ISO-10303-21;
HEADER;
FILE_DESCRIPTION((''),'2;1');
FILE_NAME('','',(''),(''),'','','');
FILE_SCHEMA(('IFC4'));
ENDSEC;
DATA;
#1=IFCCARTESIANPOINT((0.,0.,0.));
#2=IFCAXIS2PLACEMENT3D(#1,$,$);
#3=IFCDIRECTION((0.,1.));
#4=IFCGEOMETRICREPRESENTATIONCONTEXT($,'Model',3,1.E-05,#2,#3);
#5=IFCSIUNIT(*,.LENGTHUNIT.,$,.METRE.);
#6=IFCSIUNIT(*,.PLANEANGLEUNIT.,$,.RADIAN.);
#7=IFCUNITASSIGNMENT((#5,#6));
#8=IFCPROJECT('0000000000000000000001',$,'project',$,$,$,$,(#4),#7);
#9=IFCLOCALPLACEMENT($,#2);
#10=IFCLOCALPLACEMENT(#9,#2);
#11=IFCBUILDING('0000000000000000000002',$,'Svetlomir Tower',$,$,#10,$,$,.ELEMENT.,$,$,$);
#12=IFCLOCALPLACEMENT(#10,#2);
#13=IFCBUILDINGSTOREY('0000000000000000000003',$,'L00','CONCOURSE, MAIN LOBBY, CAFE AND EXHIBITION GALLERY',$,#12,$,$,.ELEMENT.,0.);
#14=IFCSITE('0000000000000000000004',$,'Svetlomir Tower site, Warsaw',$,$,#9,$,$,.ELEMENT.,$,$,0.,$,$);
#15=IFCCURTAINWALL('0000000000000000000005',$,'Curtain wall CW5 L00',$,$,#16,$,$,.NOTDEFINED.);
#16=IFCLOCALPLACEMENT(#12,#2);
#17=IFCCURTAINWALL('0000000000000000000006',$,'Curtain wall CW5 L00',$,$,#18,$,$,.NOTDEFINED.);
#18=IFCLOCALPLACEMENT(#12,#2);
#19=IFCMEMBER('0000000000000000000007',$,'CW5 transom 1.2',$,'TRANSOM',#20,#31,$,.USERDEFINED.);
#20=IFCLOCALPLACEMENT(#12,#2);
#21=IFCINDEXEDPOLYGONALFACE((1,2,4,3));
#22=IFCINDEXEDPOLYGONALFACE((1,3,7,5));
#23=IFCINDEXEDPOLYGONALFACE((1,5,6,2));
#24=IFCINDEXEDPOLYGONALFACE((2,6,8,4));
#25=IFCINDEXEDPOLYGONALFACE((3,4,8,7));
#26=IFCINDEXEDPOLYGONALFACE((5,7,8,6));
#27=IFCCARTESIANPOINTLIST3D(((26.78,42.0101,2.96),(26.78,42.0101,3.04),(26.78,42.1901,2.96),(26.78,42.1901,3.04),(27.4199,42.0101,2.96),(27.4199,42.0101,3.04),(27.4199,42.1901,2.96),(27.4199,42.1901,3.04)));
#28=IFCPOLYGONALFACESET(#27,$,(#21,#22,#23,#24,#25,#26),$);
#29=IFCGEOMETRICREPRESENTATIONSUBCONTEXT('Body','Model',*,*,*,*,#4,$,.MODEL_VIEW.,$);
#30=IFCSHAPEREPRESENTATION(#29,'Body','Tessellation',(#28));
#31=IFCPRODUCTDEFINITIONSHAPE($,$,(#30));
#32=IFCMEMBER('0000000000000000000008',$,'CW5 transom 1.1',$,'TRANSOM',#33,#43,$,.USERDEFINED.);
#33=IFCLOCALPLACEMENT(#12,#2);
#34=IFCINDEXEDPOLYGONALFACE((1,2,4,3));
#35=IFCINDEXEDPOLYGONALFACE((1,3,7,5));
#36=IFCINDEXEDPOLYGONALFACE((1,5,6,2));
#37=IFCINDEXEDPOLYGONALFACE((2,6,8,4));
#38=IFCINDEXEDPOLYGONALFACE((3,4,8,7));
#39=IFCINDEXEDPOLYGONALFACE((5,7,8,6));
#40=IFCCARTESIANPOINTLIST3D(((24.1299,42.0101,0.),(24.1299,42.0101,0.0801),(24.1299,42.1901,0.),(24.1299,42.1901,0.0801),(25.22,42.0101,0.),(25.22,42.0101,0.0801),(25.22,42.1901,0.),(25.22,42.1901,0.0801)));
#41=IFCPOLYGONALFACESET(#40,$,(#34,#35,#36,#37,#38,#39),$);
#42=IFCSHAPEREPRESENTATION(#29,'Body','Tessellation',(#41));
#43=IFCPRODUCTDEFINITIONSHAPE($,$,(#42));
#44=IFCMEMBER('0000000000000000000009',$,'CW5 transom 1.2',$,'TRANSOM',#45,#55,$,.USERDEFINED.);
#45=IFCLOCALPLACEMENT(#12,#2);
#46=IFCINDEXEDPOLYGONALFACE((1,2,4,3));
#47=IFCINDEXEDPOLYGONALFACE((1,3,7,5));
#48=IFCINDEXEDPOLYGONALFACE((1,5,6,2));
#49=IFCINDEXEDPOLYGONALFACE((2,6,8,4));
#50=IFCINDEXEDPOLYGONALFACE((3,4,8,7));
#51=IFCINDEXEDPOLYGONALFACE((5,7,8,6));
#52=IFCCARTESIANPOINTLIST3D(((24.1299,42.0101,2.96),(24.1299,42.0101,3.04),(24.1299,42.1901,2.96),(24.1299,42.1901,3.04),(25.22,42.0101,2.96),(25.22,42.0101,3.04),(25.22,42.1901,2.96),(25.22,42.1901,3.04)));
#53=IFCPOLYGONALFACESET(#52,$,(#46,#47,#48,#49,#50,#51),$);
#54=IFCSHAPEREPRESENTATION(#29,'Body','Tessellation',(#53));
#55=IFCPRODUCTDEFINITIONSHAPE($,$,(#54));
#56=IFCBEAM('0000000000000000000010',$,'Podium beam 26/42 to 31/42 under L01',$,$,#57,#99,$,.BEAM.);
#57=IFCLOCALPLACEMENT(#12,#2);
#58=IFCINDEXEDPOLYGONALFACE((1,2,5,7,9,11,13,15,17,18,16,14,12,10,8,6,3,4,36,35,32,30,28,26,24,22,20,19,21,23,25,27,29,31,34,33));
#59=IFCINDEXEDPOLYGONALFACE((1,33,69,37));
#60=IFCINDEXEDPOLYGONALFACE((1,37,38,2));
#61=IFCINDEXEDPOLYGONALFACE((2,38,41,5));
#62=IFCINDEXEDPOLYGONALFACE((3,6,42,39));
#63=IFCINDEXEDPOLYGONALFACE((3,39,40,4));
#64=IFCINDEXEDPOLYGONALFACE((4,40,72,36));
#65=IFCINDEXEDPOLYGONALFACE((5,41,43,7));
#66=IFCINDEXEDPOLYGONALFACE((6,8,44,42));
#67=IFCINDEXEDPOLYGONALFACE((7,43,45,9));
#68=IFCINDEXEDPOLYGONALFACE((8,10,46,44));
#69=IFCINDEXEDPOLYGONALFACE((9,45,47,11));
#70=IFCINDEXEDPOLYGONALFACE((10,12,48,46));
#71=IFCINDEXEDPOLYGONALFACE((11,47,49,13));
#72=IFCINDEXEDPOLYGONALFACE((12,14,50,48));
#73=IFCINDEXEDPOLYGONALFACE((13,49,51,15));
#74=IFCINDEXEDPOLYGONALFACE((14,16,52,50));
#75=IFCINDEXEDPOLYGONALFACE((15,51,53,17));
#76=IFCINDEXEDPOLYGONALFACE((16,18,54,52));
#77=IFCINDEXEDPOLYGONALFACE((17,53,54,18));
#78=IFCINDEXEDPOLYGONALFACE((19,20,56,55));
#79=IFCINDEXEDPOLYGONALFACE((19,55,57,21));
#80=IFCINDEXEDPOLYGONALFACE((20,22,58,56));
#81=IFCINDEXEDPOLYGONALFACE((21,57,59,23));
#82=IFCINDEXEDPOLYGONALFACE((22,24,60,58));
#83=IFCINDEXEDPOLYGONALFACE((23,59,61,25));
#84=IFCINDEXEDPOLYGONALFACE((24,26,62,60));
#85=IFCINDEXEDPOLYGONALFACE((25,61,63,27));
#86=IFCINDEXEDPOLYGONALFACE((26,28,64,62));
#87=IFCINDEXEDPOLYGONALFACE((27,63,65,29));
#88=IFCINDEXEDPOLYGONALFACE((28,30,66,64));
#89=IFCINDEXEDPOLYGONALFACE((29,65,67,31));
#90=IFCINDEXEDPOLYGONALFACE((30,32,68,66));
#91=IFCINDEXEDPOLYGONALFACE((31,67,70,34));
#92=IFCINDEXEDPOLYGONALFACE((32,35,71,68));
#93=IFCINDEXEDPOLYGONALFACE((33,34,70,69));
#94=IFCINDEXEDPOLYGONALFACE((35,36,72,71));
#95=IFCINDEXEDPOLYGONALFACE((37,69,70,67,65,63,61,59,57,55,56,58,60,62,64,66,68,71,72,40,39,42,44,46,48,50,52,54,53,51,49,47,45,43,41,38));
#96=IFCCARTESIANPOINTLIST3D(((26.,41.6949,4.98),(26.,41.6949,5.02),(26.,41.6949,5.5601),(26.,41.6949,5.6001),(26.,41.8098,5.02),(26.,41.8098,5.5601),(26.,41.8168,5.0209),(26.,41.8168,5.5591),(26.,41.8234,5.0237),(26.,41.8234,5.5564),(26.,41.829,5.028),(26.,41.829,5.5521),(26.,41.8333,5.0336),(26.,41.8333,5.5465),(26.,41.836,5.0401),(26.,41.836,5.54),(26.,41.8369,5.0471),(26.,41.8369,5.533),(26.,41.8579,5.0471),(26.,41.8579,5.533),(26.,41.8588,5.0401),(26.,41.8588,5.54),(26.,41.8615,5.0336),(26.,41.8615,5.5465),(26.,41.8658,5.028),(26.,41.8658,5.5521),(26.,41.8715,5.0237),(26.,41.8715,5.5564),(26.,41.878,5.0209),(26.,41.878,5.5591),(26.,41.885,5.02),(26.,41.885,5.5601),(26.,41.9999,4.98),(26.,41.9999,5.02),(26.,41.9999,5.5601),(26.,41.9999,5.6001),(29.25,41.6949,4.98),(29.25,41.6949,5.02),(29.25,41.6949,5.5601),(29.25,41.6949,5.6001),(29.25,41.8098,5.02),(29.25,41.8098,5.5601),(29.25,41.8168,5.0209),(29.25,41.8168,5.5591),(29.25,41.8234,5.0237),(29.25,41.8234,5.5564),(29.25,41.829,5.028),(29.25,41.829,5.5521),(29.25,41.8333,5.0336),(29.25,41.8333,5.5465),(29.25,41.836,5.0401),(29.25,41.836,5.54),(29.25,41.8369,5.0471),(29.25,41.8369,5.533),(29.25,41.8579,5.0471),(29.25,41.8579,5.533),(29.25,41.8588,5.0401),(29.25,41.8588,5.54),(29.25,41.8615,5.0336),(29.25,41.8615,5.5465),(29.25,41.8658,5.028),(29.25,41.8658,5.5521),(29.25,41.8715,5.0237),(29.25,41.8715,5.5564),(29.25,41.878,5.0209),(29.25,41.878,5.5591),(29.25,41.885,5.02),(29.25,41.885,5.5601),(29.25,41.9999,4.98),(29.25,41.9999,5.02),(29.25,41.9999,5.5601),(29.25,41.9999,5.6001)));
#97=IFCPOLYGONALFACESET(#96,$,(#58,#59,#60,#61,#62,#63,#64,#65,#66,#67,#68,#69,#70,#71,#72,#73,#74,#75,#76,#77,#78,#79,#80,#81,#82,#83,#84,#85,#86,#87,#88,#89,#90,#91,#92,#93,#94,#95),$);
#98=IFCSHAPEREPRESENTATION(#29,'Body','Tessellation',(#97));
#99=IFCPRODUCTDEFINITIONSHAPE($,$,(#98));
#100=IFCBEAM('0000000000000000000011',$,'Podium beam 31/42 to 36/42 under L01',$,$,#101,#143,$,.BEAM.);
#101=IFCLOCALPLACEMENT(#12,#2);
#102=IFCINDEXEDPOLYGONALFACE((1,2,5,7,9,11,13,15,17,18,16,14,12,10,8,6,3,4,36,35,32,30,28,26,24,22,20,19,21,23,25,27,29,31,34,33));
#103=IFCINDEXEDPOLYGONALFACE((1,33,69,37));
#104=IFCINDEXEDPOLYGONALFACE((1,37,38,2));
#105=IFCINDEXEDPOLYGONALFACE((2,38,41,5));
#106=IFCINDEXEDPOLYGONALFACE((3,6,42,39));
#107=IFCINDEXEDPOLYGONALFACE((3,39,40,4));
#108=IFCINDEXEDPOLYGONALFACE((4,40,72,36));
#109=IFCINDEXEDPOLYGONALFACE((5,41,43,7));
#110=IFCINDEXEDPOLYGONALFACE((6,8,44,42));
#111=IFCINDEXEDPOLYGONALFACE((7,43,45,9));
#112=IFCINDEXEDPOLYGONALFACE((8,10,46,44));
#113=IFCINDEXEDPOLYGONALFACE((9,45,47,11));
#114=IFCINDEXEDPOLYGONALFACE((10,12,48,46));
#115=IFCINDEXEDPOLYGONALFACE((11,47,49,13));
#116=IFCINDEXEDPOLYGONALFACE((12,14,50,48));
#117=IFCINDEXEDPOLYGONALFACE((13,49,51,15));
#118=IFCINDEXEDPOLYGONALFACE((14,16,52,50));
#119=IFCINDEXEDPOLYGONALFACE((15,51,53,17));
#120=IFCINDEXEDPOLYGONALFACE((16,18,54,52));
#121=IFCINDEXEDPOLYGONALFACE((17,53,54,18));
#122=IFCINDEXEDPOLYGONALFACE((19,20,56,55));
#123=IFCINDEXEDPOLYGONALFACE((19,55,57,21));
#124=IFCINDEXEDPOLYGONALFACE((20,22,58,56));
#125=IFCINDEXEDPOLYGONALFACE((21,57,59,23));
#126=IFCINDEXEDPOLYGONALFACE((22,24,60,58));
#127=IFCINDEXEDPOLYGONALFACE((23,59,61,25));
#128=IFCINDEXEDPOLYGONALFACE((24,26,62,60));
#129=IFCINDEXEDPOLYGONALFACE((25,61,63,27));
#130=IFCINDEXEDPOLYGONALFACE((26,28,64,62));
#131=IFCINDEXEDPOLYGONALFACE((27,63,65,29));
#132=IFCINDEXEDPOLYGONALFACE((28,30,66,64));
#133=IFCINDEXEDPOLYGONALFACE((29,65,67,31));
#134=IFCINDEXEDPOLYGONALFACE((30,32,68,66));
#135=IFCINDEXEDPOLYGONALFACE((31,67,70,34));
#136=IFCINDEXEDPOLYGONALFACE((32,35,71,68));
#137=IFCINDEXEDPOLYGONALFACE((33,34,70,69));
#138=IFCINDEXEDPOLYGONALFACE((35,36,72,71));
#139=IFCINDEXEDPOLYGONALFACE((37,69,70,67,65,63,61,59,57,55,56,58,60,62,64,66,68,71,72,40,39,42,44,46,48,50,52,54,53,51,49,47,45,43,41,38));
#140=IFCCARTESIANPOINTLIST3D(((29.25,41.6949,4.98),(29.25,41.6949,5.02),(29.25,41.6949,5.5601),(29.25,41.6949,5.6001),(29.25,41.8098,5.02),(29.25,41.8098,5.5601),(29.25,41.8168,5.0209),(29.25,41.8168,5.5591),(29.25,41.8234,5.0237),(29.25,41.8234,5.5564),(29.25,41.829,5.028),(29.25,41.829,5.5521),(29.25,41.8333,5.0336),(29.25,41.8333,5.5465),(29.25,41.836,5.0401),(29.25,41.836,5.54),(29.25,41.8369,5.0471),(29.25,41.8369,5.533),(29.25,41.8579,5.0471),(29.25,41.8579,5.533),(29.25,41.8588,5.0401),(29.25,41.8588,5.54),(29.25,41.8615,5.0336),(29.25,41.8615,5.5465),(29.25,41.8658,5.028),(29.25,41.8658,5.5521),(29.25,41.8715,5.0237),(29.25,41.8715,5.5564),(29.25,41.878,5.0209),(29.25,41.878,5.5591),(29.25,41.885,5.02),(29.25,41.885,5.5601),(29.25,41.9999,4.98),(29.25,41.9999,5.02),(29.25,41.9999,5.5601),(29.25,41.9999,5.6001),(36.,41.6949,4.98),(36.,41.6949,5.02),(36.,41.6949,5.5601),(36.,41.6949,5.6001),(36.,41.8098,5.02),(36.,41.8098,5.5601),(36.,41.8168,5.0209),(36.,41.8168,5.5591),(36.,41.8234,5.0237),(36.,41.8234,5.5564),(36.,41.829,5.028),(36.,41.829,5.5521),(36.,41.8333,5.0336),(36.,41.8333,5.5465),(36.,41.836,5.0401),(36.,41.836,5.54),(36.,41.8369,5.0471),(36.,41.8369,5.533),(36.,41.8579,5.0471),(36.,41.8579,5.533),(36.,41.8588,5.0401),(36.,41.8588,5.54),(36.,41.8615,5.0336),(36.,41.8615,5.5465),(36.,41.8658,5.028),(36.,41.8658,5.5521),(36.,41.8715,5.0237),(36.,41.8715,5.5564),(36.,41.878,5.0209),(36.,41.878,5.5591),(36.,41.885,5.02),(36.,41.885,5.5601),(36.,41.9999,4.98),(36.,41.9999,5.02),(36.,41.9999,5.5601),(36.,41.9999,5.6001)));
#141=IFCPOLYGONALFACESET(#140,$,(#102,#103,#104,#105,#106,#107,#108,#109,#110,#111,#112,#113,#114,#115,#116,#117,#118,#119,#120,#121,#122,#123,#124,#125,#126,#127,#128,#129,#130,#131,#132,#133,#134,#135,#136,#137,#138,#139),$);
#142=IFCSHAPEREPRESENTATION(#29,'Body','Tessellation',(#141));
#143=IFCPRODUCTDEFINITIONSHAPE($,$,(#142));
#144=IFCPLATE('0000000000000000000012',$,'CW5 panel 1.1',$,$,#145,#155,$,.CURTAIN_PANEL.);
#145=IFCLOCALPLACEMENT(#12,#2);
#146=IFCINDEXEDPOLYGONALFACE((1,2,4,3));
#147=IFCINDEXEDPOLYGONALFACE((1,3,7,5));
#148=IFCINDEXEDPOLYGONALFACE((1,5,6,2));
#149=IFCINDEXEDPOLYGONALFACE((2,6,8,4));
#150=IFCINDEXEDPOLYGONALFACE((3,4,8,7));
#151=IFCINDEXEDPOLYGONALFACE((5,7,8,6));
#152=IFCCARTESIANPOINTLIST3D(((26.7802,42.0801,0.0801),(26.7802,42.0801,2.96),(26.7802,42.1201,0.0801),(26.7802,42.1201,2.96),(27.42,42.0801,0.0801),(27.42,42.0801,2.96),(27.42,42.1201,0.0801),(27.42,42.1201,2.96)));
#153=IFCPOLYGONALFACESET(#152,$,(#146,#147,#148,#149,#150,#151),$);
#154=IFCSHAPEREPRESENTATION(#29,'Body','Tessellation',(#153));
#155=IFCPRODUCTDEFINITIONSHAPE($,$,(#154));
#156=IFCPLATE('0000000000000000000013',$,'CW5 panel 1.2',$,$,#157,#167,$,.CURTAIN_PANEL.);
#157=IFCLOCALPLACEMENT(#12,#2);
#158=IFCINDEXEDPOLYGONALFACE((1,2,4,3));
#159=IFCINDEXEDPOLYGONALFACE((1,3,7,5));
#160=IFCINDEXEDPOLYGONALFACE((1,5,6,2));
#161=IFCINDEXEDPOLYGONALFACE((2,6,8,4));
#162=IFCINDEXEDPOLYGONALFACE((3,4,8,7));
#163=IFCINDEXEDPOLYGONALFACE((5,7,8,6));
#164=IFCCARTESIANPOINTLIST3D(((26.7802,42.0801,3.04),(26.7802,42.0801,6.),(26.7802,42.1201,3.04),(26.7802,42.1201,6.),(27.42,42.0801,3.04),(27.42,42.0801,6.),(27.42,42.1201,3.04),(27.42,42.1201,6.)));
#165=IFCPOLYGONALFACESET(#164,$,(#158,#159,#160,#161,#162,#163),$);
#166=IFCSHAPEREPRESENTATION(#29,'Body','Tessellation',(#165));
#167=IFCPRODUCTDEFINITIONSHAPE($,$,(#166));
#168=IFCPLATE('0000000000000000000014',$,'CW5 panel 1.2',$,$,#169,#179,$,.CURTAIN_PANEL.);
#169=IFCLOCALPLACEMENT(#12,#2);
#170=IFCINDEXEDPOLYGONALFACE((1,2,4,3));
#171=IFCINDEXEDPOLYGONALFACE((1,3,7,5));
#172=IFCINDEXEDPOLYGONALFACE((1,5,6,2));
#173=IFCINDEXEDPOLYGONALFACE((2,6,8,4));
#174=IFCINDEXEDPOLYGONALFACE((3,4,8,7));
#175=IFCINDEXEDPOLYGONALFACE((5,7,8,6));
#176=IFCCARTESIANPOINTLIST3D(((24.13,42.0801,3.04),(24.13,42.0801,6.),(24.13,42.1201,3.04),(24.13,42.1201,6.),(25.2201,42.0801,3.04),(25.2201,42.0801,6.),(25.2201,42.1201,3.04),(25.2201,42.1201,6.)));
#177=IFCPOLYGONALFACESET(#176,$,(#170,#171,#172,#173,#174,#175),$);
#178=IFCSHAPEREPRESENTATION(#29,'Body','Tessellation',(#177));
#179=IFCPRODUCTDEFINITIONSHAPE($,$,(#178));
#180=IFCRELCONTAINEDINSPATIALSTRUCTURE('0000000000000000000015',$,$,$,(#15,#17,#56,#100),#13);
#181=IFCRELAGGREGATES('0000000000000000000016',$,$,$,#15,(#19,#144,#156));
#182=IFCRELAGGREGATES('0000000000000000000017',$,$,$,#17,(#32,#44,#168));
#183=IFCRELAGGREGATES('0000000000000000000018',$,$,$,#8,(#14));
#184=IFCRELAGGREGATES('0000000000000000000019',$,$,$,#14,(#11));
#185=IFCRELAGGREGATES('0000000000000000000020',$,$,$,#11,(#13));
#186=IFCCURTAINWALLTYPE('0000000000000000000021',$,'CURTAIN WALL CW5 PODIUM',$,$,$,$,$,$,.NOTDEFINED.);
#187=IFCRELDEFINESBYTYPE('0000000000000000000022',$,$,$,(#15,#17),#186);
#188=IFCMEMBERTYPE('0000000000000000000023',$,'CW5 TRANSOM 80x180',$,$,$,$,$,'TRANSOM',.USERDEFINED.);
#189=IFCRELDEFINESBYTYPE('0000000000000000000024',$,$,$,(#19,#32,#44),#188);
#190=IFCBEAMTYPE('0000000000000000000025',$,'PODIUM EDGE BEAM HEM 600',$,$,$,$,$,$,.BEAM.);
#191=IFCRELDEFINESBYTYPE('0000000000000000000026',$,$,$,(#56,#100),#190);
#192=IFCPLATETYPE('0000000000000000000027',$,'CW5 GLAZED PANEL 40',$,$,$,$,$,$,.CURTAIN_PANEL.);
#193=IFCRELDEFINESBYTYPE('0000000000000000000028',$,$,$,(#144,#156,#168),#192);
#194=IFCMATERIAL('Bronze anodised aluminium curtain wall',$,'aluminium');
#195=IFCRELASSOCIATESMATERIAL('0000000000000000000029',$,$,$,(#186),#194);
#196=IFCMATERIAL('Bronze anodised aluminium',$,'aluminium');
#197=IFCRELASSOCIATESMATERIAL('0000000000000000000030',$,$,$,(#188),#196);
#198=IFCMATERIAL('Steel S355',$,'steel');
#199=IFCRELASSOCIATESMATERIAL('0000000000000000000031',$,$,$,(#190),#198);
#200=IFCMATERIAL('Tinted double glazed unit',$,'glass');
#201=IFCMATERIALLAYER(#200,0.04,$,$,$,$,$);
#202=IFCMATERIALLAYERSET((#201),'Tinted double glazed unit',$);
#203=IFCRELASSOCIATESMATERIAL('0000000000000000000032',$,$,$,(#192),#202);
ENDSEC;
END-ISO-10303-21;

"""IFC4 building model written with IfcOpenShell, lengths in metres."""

from ifc_helpers import new_model, si_unit, direction, frame, origin, origin_2d, place, context, subcontext, project, spatial, rectangle, i_section, extrude, material, layer, layer_set, material_profile, profile_set, type_object, element, aggregate, save


model = new_model("IFC4")

# Units and contexts
model_context = context("Model", 3, precision=1e-05, world=origin(), true_north=direction((0.0, 1.0)))
body_context = subcontext(model_context, "Body", "Model", "MODEL_VIEW")
ifc_project = project(units=[si_unit("LENGTHUNIT", "METRE"), si_unit("PLANEANGLEUNIT", "RADIAN")], contexts=[model_context])

# Site, building, storey
site_placement = place(None, origin())
site = spatial("IfcSite", under=ifc_project, at=site_placement, Name="Svetlomir Tower site, Warsaw", CompositionType="ELEMENT", RefElevation=0.0)
building_placement = place(site_placement, origin())
building = spatial("IfcBuilding", under=site, at=building_placement, Name="Svetlomir Tower", CompositionType="ELEMENT")
storey_placement = place(building_placement, origin())
storey = spatial("IfcBuildingStorey", under=building, at=storey_placement, Name="L00", Description="CONCOURSE, MAIN LOBBY, CAFE AND EXHIBITION GALLERY", CompositionType="ELEMENT", Elevation=0.0)

# Curtain wall
ifc_material_1 = material(Name="Bronze anodised aluminium curtain wall", Category="aluminium")
curtain_wall_type = type_object("IfcCurtainWallType", Name="CURTAIN WALL CW5 PODIUM", PredefinedType="NOTDEFINED", material=ifc_material_1)
curtain_wall_1_placement = place(storey_placement, origin())
curtain_wall_1 = element("IfcCurtainWall", 1, at=curtain_wall_1_placement, inside=storey, type_object=curtain_wall_type, Name="Curtain wall CW5 L00", PredefinedType="NOTDEFINED")

# Curtain wall
curtain_wall_2_placement = place(storey_placement, origin())
curtain_wall_2 = element("IfcCurtainWall", 2, at=curtain_wall_2_placement, inside=storey, type_object=curtain_wall_type, Name="Curtain wall CW5 L00", PredefinedType="NOTDEFINED")

# Members
ifc_material_2 = material(Name="Bronze anodised aluminium", Category="aluminium")
ifc_material_profile_1 = material_profile(ifc_material_2, rectangle(XDim=0.1799, YDim=0.0801, at=origin_2d()), Name="AL 180x80")
ifc_profile_set_1 = profile_set([ifc_material_profile_1], Name="Bronze anodised aluminium 6063-T6")
member_type_1 = type_object("IfcMemberType", Name="CW5 TRANSOM 80x180", ElementType="TRANSOM", PredefinedType="USERDEFINED", material=ifc_profile_set_1)
member_1_placement = place(storey_placement, frame((27.4199, 42.1001, 3.0), z_axis=(-1.0, 0.0, 0.0), x_axis=(0.0, -1.0, 0.0)))
member_1 = element("IfcMember", 3, at=member_1_placement, type_object=member_type_1, Name="CW5 transom 1.2", ObjectType="TRANSOM", PredefinedType="USERDEFINED", context=body_context, shape_type="SweptSolid", body=[
    extrude(rectangle(XDim=0.1799, YDim=0.0801, at=origin_2d()), origin(), (0.0, 0.0, 1.0), 0.6399),
])
member_2_placement = place(storey_placement, frame((25.22, 42.1001, 0.04), z_axis=(-1.0, 0.0, 0.0), x_axis=(0.0, -1.0, 0.0)))
member_2 = element("IfcMember", 4, at=member_2_placement, type_object=member_type_1, Name="CW5 transom 1.1", ObjectType="TRANSOM", PredefinedType="USERDEFINED", context=body_context, shape_type="SweptSolid", body=[
    extrude(rectangle(XDim=0.1799, YDim=0.0801, at=origin_2d()), origin(), (0.0, 0.0, 1.0), 1.0901),
])
member_3_placement = place(storey_placement, frame((25.22, 42.1001, 3.0), z_axis=(-1.0, 0.0, 0.0), x_axis=(0.0, -1.0, 0.0)))
member_3 = element("IfcMember", 5, at=member_3_placement, type_object=member_type_1, Name="CW5 transom 1.2", ObjectType="TRANSOM", PredefinedType="USERDEFINED", context=body_context, shape_type="SweptSolid", body=[
    extrude(rectangle(XDim=0.1799, YDim=0.0801, at=origin_2d()), origin(), (0.0, 0.0, 1.0), 1.0901),
])

# Beams
ifc_material_3 = material(Name="Steel S355", Category="steel")
ifc_material_profile_2 = material_profile(ifc_material_3, i_section(OverallWidth=0.3049, OverallDepth=0.6201, WebThickness=0.021, FlangeThickness=0.04, FilletRadius=0.0271, at=origin_2d()), Name="HEM 600")
ifc_profile_set_2 = profile_set([ifc_material_profile_2], Name="Steel S355")
beam_type = type_object("IfcBeamType", Name="PODIUM EDGE BEAM HEM 600", PredefinedType="BEAM", material=ifc_profile_set_2)
beam_1_placement = place(storey_placement, frame((26.0, 41.8474, 5.29), z_axis=(1.0, 0.0, 0.0), x_axis=(0.0, 1.0, 0.0)))
element("IfcBeam", 6, at=beam_1_placement, inside=storey, type_object=beam_type, Name="Podium beam 26/42 to 31/42 under L01", PredefinedType="BEAM", context=body_context, shape_type="SweptSolid", body=[
    extrude(i_section(OverallWidth=0.3049, OverallDepth=0.6201, WebThickness=0.021, FlangeThickness=0.04, FilletRadius=0.0271, at=origin_2d()), origin(), (0.0, 0.0, 1.0), 3.25),
])
beam_2_placement = place(storey_placement, frame((29.25, 41.8474, 5.29), z_axis=(1.0, 0.0, 0.0), x_axis=(0.0, 1.0, 0.0)))
element("IfcBeam", 7, at=beam_2_placement, inside=storey, type_object=beam_type, Name="Podium beam 31/42 to 36/42 under L01", PredefinedType="BEAM", context=body_context, shape_type="SweptSolid", body=[
    extrude(i_section(OverallWidth=0.3049, OverallDepth=0.6201, WebThickness=0.021, FlangeThickness=0.04, FilletRadius=0.0271, at=origin_2d()), origin(), (0.0, 0.0, 1.0), 6.75),
])

# Plates
ifc_material_4 = material(Name="Tinted double glazed unit", Category="glass")
ifc_layer = layer(ifc_material_4, 0.04)
ifc_layer_set = layer_set([ifc_layer], Name="Tinted double glazed unit")
plate_type = type_object("IfcPlateType", Name="CW5 GLAZED PANEL 40", PredefinedType="CURTAIN_PANEL", material=ifc_layer_set)
plate_1_placement = place(storey_placement, frame((27.1001, 42.1001, 0.0801), z_axis=(0.0, 0.0, 1.0), x_axis=(-1.0, 0.0, 0.0)))
plate_1 = element("IfcPlate", 8, at=plate_1_placement, type_object=plate_type, Name="CW5 panel 1.1", PredefinedType="CURTAIN_PANEL", context=body_context, shape_type="SweptSolid", body=[
    extrude(rectangle(XDim=0.6399, YDim=0.04, at=origin_2d()), origin(), (0.0, 0.0, 1.0), 2.8799),
])
plate_2_placement = place(storey_placement, frame((27.1001, 42.1001, 3.04), z_axis=(0.0, 0.0, 1.0), x_axis=(-1.0, 0.0, 0.0)))
plate_2 = element("IfcPlate", 9, at=plate_2_placement, type_object=plate_type, Name="CW5 panel 1.2", PredefinedType="CURTAIN_PANEL", context=body_context, shape_type="SweptSolid", body=[
    extrude(rectangle(XDim=0.6399, YDim=0.04, at=origin_2d()), origin(), (0.0, 0.0, 1.0), 2.96),
])
aggregate(curtain_wall_1, [member_1, plate_1, plate_2])
plate_3_placement = place(storey_placement, frame((24.675, 42.1001, 3.04), z_axis=(0.0, 0.0, 1.0), x_axis=(-1.0, 0.0, 0.0)))
plate_3 = element("IfcPlate", 10, at=plate_3_placement, type_object=plate_type, Name="CW5 panel 1.2", PredefinedType="CURTAIN_PANEL", context=body_context, shape_type="SweptSolid", body=[
    extrude(rectangle(XDim=1.0901, YDim=0.04, at=origin_2d()), origin(), (0.0, 0.0, 1.0), 2.96),
])
aggregate(curtain_wall_2, [member_2, member_3, plate_3])

save(model, "model.ifc")
